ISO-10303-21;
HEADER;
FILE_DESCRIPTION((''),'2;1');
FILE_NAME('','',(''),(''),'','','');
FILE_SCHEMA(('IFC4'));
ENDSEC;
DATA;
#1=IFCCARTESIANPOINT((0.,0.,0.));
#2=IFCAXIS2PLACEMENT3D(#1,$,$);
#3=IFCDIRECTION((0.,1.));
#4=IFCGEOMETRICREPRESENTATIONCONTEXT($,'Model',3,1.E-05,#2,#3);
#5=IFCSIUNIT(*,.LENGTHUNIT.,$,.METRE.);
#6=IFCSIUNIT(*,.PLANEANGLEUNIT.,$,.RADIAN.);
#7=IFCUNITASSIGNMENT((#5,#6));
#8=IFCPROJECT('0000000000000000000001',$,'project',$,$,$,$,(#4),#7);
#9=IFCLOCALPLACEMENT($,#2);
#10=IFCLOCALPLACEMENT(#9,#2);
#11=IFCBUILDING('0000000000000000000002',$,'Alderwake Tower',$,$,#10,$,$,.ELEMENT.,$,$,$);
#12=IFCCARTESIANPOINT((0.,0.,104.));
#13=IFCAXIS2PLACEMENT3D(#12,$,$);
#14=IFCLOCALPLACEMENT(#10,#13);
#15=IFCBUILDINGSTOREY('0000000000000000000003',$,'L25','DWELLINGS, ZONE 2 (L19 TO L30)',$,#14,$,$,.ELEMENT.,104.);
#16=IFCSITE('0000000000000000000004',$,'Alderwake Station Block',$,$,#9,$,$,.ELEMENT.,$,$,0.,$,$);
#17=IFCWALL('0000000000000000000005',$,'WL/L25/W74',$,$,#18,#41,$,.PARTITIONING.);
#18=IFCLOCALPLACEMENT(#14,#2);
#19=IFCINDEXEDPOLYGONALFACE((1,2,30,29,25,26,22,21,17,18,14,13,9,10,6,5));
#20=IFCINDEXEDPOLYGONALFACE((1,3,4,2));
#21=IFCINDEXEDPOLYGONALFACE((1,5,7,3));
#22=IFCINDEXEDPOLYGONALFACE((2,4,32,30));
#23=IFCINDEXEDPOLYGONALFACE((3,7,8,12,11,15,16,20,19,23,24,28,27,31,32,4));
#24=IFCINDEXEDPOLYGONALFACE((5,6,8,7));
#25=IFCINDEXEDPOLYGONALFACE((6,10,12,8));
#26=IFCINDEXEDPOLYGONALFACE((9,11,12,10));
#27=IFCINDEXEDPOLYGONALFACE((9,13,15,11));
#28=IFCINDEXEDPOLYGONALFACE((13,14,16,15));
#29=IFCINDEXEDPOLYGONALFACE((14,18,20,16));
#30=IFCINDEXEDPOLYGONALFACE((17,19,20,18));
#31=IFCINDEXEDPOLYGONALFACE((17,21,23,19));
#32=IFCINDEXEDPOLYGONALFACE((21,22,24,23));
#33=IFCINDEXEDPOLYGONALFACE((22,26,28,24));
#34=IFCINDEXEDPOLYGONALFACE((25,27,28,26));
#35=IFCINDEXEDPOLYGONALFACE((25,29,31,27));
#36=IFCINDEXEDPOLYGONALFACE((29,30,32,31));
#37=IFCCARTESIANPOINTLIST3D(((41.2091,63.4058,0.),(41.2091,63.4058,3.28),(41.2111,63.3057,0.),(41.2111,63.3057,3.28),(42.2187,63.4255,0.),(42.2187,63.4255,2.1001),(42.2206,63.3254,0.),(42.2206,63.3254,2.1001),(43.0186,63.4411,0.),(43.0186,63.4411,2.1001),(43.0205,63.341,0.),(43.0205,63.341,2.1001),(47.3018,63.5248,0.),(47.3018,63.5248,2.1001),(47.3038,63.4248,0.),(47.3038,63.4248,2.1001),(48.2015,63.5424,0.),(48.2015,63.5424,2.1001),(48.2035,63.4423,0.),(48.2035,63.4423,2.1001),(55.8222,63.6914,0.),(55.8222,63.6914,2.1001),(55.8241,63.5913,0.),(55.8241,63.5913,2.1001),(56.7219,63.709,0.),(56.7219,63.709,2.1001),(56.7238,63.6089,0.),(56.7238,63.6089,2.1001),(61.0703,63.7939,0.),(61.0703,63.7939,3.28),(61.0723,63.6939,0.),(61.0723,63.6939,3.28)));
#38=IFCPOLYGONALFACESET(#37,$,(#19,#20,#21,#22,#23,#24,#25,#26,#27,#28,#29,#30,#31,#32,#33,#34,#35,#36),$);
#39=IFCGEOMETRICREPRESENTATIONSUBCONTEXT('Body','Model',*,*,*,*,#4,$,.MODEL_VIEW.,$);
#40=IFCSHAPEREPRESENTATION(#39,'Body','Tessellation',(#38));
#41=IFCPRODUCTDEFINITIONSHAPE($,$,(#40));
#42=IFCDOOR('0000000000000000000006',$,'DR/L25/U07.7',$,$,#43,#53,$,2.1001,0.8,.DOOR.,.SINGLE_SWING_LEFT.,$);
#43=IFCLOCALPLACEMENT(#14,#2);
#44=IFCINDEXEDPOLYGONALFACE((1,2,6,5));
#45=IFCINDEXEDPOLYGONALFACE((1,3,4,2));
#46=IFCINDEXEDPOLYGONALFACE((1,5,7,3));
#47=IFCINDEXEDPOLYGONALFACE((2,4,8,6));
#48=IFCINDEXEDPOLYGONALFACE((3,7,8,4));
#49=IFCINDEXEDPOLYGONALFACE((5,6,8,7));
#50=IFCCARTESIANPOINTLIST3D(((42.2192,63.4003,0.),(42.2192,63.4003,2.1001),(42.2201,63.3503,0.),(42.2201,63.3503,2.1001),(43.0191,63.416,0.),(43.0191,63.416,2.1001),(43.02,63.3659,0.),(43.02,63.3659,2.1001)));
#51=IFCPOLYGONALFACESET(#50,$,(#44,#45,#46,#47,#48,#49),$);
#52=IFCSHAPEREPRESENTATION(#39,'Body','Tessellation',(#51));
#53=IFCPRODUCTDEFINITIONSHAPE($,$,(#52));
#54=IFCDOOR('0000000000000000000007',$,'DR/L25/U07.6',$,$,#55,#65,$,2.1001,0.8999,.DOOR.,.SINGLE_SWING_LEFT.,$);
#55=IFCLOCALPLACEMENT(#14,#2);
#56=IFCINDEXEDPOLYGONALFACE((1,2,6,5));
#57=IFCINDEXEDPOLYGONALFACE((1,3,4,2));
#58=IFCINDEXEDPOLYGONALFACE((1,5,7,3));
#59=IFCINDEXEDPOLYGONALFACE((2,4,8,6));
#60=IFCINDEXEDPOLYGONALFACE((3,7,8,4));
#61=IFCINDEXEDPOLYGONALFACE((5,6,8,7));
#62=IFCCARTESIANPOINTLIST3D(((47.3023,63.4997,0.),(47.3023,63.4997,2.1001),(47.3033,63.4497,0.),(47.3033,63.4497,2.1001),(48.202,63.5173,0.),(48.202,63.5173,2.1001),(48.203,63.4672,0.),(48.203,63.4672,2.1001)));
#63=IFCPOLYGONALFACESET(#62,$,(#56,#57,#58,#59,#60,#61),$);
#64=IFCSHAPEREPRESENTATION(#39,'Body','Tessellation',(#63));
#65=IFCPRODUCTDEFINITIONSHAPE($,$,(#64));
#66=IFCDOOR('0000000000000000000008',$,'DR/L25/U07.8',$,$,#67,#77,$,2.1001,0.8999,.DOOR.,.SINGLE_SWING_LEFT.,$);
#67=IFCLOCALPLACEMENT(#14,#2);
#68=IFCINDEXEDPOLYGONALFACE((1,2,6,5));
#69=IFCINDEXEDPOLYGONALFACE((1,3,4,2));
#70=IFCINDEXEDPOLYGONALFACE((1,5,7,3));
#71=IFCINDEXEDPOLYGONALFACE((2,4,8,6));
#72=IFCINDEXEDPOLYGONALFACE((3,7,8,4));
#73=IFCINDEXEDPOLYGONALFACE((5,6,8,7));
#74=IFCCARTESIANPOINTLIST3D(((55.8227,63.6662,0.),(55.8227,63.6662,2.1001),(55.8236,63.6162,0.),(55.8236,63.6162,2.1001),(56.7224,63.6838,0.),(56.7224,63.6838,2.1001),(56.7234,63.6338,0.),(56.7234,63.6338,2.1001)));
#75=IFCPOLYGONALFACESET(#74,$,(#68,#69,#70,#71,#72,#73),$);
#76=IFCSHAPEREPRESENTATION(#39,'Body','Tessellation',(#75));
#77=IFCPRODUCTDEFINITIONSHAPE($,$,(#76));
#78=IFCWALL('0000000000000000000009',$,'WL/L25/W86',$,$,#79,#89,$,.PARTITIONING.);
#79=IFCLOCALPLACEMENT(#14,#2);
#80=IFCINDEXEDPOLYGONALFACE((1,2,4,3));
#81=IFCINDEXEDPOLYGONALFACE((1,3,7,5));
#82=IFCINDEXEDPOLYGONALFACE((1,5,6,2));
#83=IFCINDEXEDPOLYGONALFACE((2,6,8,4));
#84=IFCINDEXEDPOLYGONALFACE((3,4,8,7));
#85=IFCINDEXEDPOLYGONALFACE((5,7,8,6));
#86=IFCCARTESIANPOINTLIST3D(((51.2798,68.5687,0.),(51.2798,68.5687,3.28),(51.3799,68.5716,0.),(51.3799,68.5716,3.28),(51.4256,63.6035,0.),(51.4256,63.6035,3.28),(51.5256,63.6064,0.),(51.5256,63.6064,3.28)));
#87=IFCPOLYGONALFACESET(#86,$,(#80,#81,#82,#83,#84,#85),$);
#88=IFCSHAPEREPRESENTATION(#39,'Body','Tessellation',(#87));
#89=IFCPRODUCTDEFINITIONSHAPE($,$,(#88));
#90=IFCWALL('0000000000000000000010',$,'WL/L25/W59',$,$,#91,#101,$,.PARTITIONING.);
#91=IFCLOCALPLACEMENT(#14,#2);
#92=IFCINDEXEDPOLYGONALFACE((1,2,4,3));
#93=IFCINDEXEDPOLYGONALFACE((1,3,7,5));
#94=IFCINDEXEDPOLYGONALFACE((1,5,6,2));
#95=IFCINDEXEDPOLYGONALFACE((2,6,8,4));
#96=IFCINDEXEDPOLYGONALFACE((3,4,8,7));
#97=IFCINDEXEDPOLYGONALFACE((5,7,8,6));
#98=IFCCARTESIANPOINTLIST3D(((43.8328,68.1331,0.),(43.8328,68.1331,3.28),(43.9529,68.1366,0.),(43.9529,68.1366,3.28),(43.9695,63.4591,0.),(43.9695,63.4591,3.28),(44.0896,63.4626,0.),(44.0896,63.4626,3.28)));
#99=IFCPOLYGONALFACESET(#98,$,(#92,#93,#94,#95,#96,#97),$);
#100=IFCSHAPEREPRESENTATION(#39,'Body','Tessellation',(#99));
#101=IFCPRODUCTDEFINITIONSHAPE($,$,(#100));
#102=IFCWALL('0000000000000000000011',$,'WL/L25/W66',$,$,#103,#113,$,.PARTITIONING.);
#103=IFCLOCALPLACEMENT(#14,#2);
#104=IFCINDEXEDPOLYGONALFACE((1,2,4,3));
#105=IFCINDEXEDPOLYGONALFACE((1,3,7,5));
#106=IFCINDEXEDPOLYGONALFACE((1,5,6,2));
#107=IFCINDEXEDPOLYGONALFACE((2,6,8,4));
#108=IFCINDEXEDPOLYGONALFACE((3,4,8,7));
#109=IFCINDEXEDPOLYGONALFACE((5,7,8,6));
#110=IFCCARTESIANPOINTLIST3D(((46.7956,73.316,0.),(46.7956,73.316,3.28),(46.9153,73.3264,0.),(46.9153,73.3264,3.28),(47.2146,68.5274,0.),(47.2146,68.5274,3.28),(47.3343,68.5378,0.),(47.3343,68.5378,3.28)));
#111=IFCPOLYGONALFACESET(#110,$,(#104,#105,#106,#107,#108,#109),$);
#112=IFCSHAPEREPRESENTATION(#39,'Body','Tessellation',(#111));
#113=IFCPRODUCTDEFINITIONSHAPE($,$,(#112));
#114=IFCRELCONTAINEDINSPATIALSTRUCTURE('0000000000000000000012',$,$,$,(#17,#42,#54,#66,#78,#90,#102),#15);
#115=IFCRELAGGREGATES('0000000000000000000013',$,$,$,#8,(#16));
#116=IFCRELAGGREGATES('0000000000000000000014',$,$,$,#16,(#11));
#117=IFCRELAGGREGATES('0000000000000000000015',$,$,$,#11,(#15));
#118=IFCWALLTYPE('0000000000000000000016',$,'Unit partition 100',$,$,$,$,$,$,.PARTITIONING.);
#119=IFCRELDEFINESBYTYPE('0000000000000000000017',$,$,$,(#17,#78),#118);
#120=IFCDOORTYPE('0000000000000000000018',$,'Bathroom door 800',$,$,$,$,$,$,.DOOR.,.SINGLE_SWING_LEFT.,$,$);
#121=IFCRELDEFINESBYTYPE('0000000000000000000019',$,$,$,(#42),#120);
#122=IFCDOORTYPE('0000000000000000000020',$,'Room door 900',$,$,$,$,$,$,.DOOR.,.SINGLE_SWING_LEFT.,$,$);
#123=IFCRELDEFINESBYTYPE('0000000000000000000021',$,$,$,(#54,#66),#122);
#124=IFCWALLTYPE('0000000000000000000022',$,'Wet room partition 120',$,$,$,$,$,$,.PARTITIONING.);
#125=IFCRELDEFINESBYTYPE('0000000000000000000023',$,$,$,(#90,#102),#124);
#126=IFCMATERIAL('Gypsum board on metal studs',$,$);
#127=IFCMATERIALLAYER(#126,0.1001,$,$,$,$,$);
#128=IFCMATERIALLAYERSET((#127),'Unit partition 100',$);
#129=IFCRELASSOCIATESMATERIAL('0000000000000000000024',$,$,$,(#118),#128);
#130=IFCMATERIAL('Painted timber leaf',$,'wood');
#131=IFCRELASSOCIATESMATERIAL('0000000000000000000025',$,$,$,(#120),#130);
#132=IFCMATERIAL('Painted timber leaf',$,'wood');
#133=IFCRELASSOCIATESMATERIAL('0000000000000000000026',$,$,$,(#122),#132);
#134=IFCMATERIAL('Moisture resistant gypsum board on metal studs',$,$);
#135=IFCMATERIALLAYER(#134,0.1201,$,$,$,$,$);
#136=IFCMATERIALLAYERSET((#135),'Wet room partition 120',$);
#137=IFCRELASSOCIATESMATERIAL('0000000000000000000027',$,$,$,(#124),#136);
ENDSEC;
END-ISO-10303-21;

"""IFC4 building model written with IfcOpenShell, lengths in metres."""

from ifc_helpers import new_model, si_unit, direction, frame, frame_2d, origin, place, context, subcontext, project, spatial, rectangle, extrude, material, layer, layer_set, type_object, element, fill, save


model = new_model("IFC4")

# Units and contexts
model_context = context("Model", 3, precision=1e-05, world=origin(), true_north=direction((0.0, 1.0)))
body_context = subcontext(model_context, "Body", "Model", "MODEL_VIEW")
ifc_project = project(units=[si_unit("LENGTHUNIT", "METRE"), si_unit("PLANEANGLEUNIT", "RADIAN")], contexts=[model_context])

# Site, building, storey
site_placement = place(None, origin())
site = spatial("IfcSite", under=ifc_project, at=site_placement, Name="Alderwake Station Block", CompositionType="ELEMENT", RefElevation=0.0)
building_placement = place(site_placement, origin())
building = spatial("IfcBuilding", under=site, at=building_placement, Name="Alderwake Tower", CompositionType="ELEMENT")
storey_placement = place(building_placement, frame((0.0, 0.0, 104.0)))
storey = spatial("IfcBuildingStorey", under=building, at=storey_placement, Name="L25", Description="DWELLINGS, ZONE 2 (L19 TO L30)", CompositionType="ELEMENT", Elevation=104.0)

# Wall, openings, doors
ifc_material_1 = material(Name="Gypsum board on metal studs")
ifc_layer_1 = layer(ifc_material_1, 0.1001)
ifc_layer_set_1 = layer_set([ifc_layer_1], Name="Unit partition 100")
wall_type_1 = type_object("IfcWallType", Name="Unit partition 100", PredefinedType="PARTITIONING", material=ifc_layer_set_1)
wall_1_placement = place(storey_placement, frame((41.21, 63.3557, 0.0), z_axis=(0.0, 0.0, 1.0), x_axis=(0.999809, 0.019541, 0.0)))
wall_1 = element("IfcWall", 1, at=wall_1_placement, inside=storey, type_object=wall_type_1, Name="WL/L25/W74", PredefinedType="PARTITIONING", context=body_context, shape_type="SweptSolid", body=[
    extrude(rectangle(XDim=19.865, YDim=0.1001, at=frame_2d((9.9326, 0.0))), origin(), (0.0, 0.0, 1.0), 3.28),
])
opening_1_placement = place(wall_1_placement, frame((6.094, 0.0, 0.0)))
opening_1 = element("IfcOpeningElement", 2, at=opening_1_placement, cuts=wall_1, PredefinedType="OPENING", context=body_context, shape_type="SweptSolid", body=[
    extrude(rectangle(XDim=0.8999, YDim=2.1001, at=frame_2d((0.45, 1.05))), frame((0.0, 0.0601, 0.0), z_axis=(0.0, -1.0, 0.0), x_axis=(1.0, 0.0, 0.0)), (0.0, 0.0, 1.0), 0.1201),
])
opening_2_placement = place(wall_1_placement, frame((1.01, 0.0, 0.0)))
opening_2 = element("IfcOpeningElement", 3, at=opening_2_placement, cuts=wall_1, PredefinedType="OPENING", context=body_context, shape_type="SweptSolid", body=[
    extrude(rectangle(XDim=0.8, YDim=2.1001, at=frame_2d((0.3999, 1.05))), frame((0.0, 0.0601, 0.0), z_axis=(0.0, -1.0, 0.0), x_axis=(1.0, 0.0, 0.0)), (0.0, 0.0, 1.0), 0.1201),
])
opening_3_placement = place(wall_1_placement, frame((14.616, 0.0, 0.0)))
opening_3 = element("IfcOpeningElement", 4, at=opening_3_placement, cuts=wall_1, PredefinedType="OPENING", context=body_context, shape_type="SweptSolid", body=[
    extrude(rectangle(XDim=0.8999, YDim=2.1001, at=frame_2d((0.45, 1.05))), frame((0.0, 0.0601, 0.0), z_axis=(0.0, -1.0, 0.0), x_axis=(1.0, 0.0, 0.0)), (0.0, 0.0, 1.0), 0.1201),
])
ifc_material_2 = material(Name="Painted timber leaf", Category="wood")
door_type_1 = type_object("IfcDoorType", Name="Bathroom door 800", OperationType="SINGLE_SWING_LEFT", PredefinedType="DOOR", material=ifc_material_2)
door_1_placement = place(opening_2_placement, origin())
door_1 = element("IfcDoor", 5, at=door_1_placement, inside=storey, type_object=door_type_1, Name="DR/L25/U07.7", OperationType="SINGLE_SWING_LEFT", OverallHeight=2.1001, OverallWidth=0.8, PredefinedType="DOOR", context=body_context, shape_type="SweptSolid", body=[
    extrude(rectangle(XDim=0.8, YDim=2.1001, at=frame_2d((0.3999, 1.05))), frame((0.0, 0.0249, 0.0), z_axis=(0.0, -1.0, 0.0), x_axis=(1.0, 0.0, 0.0)), (0.0, 0.0, 1.0), 0.05),
])
fill(opening_2, door_1)
ifc_material_3 = material(Name="Painted timber leaf", Category="wood")
door_type_2 = type_object("IfcDoorType", Name="Room door 900", OperationType="SINGLE_SWING_LEFT", PredefinedType="DOOR", material=ifc_material_3)
door_2_placement = place(opening_1_placement, origin())
door_2 = element("IfcDoor", 6, at=door_2_placement, inside=storey, type_object=door_type_2, Name="DR/L25/U07.6", OperationType="SINGLE_SWING_LEFT", OverallHeight=2.1001, OverallWidth=0.8999, PredefinedType="DOOR", context=body_context, shape_type="SweptSolid", body=[
    extrude(rectangle(XDim=0.8999, YDim=2.1001, at=frame_2d((0.45, 1.05))), frame((0.0, 0.0249, 0.0), z_axis=(0.0, -1.0, 0.0), x_axis=(1.0, 0.0, 0.0)), (0.0, 0.0, 1.0), 0.05),
])
fill(opening_1, door_2)
door_3_placement = place(opening_3_placement, origin())
door_3 = element("IfcDoor", 7, at=door_3_placement, inside=storey, type_object=door_type_2, Name="DR/L25/U07.8", OperationType="SINGLE_SWING_LEFT", OverallHeight=2.1001, OverallWidth=0.8999, PredefinedType="DOOR", context=body_context, shape_type="SweptSolid", body=[
    extrude(rectangle(XDim=0.8999, YDim=2.1001, at=frame_2d((0.45, 1.05))), frame((0.0, 0.0249, 0.0), z_axis=(0.0, -1.0, 0.0), x_axis=(1.0, 0.0, 0.0)), (0.0, 0.0, 1.0), 0.05),
])
fill(opening_3, door_3)

# Walls
wall_2_placement = place(storey_placement, frame((51.4756, 63.605, 0.0), z_axis=(0.0, 0.0, 1.0), x_axis=(-0.029343, 0.999569, 0.0)))
element("IfcWall", 8, at=wall_2_placement, inside=storey, type_object=wall_type_1, Name="WL/L25/W86", PredefinedType="PARTITIONING", context=body_context, shape_type="SweptSolid", body=[
    extrude(rectangle(XDim=4.9673, YDim=0.1001, at=frame_2d((2.4836, 0.0))), origin(), (0.0, 0.0, 1.0), 3.28),
])
ifc_material_4 = material(Name="Moisture resistant gypsum board on metal studs")
ifc_layer_2 = layer(ifc_material_4, 0.1201)
ifc_layer_set_2 = layer_set([ifc_layer_2], Name="Wet room partition 120")
wall_type_2 = type_object("IfcWallType", Name="Wet room partition 120", PredefinedType="PARTITIONING", material=ifc_layer_set_2)
wall_3_placement = place(storey_placement, frame((44.0295, 63.4609, 0.0), z_axis=(0.0, 0.0, 1.0), x_axis=(-0.029238, 0.999572, 0.0)))
element("IfcWall", 9, at=wall_3_placement, inside=storey, type_object=wall_type_2, Name="WL/L25/W59", PredefinedType="PARTITIONING", context=body_context, shape_type="SweptSolid", body=[
    extrude(rectangle(XDim=4.676, YDim=0.1201, at=frame_2d((2.3379, 0.0))), origin(), (0.0, 0.0, 1.0), 3.28),
])
wall_4_placement = place(storey_placement, frame((47.2744, 68.5327, 0.0), z_axis=(0.0, 0.0, 1.0), x_axis=(-0.087156, 0.996195, 0.0)))
element("IfcWall", 10, at=wall_4_placement, inside=storey, type_object=wall_type_2, Name="WL/L25/W66", PredefinedType="PARTITIONING", context=body_context, shape_type="SweptSolid", body=[
    extrude(rectangle(XDim=4.8069, YDim=0.1201, at=frame_2d((2.4033, 0.0))), origin(), (0.0, 0.0, 1.0), 3.28),
])

save(model, "model.ifc")
